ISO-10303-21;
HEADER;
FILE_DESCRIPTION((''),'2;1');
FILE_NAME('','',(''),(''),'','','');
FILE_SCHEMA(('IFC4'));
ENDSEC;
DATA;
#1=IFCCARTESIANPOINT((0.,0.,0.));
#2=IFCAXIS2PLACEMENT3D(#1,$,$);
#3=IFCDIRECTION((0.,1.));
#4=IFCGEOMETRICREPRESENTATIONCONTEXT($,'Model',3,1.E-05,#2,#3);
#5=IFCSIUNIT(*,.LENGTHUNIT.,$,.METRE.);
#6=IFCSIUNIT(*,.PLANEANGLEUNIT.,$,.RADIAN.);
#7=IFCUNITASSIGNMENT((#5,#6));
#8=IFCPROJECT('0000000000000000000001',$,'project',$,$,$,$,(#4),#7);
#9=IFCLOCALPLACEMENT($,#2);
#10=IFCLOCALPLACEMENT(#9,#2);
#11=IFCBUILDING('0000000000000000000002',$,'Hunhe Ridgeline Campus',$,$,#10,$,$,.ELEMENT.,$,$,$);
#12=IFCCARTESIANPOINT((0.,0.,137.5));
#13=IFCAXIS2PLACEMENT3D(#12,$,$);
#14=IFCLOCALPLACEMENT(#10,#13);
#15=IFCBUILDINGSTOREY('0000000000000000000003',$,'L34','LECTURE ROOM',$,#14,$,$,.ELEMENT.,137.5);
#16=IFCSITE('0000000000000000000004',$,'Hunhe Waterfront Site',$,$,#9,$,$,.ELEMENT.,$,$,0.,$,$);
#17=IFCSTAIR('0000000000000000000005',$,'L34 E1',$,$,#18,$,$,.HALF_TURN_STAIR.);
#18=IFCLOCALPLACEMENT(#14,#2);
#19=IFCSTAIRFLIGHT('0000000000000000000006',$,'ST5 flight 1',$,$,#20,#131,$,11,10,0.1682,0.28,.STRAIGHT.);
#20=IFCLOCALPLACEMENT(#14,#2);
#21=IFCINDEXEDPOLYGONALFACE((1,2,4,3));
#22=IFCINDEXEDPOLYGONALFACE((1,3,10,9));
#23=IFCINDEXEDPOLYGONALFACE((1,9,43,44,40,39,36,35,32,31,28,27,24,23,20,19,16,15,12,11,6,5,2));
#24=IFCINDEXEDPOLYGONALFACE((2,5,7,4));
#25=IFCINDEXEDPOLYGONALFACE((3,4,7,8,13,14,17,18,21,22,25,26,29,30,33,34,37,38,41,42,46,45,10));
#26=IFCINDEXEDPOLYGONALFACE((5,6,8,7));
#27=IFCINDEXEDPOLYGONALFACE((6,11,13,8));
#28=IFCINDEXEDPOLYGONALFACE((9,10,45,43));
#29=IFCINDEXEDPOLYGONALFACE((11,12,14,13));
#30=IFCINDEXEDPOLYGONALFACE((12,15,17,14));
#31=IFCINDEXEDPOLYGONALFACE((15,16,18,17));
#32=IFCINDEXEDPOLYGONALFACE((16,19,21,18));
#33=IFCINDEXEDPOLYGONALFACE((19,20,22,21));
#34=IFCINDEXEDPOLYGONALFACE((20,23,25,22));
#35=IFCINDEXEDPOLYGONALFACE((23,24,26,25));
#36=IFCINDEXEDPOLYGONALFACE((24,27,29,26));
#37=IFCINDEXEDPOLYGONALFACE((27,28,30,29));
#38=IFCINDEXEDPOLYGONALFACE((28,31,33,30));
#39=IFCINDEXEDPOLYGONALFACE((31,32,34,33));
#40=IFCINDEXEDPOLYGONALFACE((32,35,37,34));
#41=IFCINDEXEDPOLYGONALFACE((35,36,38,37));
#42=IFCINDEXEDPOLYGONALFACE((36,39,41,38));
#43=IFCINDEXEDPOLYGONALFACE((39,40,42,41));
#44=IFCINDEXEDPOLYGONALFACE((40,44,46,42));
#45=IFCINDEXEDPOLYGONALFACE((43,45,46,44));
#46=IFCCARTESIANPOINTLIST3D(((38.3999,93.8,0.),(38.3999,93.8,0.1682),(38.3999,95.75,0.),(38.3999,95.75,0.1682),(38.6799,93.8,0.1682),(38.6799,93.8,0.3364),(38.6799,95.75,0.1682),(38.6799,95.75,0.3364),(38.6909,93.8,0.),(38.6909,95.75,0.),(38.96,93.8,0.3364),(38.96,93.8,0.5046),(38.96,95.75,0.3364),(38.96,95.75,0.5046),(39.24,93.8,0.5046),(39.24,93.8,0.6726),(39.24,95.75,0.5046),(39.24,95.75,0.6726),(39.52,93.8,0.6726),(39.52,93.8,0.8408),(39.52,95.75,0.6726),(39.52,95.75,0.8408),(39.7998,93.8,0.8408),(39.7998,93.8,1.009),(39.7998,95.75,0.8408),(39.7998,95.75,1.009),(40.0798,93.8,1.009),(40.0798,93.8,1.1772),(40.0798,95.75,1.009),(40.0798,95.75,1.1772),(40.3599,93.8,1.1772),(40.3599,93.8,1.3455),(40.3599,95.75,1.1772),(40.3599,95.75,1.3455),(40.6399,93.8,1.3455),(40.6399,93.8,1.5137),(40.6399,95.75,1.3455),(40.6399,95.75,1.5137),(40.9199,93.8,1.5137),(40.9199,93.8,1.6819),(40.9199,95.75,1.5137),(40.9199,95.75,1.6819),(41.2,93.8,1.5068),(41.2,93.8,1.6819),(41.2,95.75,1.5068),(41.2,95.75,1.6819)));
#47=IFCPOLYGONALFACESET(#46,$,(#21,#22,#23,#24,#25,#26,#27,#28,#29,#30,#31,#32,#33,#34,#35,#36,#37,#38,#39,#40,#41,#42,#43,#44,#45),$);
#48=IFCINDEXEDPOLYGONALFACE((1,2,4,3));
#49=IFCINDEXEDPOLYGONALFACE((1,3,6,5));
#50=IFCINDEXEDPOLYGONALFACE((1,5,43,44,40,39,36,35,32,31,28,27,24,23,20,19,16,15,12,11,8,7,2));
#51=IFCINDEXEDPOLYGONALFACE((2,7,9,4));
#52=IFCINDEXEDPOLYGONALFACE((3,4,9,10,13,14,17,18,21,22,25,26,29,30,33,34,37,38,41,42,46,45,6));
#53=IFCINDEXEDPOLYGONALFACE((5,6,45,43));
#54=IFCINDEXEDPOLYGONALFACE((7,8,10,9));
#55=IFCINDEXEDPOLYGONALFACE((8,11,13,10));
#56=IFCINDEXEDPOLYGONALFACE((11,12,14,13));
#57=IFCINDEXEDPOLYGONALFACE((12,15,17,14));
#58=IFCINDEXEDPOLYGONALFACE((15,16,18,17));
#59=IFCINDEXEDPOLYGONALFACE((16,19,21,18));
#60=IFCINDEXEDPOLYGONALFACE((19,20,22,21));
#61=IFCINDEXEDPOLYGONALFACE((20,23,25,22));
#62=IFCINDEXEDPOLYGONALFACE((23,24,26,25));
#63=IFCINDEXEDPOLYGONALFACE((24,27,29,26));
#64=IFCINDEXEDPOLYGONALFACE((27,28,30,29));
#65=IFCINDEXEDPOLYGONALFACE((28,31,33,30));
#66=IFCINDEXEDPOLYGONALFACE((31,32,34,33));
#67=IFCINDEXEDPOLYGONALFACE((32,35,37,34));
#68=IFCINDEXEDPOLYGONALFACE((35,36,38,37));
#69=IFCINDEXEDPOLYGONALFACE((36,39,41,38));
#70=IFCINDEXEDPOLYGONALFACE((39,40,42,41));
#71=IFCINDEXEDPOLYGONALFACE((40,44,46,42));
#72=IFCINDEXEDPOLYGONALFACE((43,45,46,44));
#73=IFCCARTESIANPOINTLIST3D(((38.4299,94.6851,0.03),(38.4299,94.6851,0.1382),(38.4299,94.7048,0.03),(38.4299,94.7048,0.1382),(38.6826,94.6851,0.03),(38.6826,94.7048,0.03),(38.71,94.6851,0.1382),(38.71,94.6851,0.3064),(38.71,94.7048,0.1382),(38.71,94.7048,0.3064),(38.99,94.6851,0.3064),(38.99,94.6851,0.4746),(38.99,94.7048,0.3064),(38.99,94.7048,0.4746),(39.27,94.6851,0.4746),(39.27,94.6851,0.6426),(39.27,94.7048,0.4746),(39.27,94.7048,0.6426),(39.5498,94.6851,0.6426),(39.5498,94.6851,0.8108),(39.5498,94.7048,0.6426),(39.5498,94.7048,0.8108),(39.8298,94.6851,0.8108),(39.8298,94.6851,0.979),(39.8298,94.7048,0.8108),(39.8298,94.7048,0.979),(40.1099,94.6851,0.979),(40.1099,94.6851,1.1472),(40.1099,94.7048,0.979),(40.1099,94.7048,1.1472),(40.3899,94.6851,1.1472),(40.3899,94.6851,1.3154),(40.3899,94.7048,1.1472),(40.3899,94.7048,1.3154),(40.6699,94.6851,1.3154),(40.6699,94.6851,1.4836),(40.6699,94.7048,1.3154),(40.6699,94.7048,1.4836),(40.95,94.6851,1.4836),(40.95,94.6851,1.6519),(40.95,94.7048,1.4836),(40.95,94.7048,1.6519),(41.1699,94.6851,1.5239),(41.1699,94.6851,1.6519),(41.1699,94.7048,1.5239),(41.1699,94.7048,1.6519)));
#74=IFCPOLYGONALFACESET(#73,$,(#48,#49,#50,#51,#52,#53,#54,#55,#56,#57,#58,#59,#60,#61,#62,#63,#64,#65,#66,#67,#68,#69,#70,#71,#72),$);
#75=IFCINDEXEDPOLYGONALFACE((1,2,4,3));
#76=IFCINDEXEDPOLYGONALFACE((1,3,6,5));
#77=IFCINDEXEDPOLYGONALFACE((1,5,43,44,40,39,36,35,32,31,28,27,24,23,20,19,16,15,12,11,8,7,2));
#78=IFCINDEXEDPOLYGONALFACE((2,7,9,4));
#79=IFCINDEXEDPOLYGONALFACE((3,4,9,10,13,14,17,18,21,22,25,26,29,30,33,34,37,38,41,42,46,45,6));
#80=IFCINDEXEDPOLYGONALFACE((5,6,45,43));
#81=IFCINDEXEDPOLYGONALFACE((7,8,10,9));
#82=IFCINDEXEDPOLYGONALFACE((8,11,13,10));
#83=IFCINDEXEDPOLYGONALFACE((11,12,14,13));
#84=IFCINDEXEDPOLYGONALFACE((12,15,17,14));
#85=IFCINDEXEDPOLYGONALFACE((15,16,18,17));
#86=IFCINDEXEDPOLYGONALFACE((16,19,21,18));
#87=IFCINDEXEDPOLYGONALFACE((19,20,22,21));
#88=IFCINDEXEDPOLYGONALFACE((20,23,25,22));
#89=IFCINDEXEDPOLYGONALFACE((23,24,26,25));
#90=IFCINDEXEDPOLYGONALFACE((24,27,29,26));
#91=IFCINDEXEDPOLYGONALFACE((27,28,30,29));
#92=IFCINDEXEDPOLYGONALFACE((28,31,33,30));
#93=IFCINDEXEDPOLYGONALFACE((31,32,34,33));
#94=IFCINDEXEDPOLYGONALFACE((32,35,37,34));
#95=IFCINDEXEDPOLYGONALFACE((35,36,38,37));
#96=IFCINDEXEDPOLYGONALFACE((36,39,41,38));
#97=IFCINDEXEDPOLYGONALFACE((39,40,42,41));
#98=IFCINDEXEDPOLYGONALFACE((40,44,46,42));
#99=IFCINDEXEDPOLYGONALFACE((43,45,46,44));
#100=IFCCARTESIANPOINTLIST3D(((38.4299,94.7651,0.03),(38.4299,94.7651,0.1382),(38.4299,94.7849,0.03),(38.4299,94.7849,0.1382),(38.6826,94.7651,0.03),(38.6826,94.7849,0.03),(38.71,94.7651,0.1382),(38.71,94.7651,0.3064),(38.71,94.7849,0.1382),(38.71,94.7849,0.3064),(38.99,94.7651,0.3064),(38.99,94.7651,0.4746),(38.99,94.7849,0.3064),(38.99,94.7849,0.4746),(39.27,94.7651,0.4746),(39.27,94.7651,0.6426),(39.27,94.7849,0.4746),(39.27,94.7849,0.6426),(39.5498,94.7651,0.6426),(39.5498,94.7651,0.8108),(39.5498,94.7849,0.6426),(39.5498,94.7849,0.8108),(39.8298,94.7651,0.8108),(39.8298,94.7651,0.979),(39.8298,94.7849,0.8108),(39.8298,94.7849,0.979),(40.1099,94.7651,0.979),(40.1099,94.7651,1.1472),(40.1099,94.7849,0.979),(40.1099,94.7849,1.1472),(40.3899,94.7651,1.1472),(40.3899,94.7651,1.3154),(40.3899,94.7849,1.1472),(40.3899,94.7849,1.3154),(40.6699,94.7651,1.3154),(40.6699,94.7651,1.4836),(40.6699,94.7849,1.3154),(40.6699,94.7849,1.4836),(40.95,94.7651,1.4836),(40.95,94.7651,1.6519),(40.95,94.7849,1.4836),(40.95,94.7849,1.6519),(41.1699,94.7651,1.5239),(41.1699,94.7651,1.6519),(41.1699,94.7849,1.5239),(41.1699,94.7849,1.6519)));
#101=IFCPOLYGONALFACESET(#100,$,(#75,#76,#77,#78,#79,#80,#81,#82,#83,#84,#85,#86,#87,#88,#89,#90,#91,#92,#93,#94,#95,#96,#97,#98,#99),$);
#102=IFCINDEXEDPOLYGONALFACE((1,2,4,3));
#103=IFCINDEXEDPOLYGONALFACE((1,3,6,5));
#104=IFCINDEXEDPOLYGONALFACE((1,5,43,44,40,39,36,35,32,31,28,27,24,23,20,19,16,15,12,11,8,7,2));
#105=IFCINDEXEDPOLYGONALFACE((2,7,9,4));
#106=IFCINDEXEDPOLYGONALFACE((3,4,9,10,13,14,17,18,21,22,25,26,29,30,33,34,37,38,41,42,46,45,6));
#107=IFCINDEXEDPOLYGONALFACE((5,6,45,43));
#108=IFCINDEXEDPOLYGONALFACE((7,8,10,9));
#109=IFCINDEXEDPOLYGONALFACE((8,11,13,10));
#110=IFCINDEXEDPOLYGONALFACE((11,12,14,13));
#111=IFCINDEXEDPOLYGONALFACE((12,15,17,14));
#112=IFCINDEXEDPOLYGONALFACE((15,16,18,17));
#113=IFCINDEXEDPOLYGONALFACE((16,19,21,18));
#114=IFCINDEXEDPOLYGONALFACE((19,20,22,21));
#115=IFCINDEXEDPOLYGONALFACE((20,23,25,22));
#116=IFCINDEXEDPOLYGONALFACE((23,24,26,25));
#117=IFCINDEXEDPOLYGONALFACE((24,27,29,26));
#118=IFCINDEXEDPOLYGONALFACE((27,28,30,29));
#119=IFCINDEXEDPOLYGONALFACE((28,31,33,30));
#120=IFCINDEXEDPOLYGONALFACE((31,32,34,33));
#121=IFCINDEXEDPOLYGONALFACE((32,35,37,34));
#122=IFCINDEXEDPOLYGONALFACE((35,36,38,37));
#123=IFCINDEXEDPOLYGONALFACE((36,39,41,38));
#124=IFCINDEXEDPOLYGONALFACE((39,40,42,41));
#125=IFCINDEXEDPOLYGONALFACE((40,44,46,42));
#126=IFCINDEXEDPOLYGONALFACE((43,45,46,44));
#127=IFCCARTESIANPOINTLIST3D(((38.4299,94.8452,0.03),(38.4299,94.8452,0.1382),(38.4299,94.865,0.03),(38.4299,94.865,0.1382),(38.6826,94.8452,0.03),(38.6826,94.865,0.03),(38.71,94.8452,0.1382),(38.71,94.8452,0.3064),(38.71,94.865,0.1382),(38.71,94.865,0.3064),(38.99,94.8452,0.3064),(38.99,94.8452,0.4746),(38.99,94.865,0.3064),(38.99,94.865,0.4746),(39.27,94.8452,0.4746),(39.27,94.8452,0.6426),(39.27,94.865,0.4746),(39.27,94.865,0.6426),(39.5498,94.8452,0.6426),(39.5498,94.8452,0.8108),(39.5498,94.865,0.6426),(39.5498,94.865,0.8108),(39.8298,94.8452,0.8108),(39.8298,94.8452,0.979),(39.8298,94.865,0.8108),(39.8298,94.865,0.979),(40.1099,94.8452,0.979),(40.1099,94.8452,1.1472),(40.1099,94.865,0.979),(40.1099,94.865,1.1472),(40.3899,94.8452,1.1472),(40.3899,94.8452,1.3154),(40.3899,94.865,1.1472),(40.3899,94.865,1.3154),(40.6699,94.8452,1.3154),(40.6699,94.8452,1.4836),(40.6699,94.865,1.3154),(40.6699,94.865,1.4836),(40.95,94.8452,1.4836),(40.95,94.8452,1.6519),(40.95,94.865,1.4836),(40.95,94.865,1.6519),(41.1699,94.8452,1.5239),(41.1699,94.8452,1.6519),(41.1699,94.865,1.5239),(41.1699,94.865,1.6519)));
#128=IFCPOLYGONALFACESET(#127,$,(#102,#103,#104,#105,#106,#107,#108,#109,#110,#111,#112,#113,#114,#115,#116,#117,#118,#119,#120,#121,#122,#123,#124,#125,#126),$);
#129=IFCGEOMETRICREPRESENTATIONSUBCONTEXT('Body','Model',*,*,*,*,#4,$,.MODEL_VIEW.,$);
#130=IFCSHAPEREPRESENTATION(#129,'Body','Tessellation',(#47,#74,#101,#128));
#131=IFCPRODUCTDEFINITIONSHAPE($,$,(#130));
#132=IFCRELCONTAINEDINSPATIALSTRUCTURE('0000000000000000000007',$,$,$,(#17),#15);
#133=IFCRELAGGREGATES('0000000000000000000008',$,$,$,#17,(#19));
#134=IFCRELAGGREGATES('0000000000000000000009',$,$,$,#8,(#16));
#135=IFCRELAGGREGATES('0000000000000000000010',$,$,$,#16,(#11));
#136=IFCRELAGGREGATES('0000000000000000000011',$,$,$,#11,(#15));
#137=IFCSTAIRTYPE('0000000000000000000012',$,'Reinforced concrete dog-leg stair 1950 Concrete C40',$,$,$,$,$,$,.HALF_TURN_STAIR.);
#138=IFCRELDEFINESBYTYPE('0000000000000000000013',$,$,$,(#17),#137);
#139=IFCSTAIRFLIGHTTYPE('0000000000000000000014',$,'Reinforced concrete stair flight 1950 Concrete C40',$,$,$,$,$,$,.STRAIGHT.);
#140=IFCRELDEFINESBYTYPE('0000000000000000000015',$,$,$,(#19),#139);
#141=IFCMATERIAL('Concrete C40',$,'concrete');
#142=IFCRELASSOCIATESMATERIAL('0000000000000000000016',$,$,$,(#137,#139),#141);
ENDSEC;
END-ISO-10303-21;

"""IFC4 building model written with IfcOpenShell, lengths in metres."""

from ifc_helpers import new_model, si_unit, direction, frame, origin, place, context, subcontext, project, spatial, polyline, outline, extrude, material, type_object, element, aggregate, save


model = new_model("IFC4")

# Units and contexts
model_context = context("Model", 3, precision=1e-05, world=origin(), true_north=direction((0.0, 1.0)))
body_context = subcontext(model_context, "Body", "Model", "MODEL_VIEW")
ifc_project = project(units=[si_unit("LENGTHUNIT", "METRE"), si_unit("PLANEANGLEUNIT", "RADIAN")], contexts=[model_context])

# Site, building, storey
site_placement = place(None, origin())
site = spatial("IfcSite", under=ifc_project, at=site_placement, Name="Hunhe Waterfront Site", CompositionType="ELEMENT", RefElevation=0.0)
building_placement = place(site_placement, origin())
building = spatial("IfcBuilding", under=site, at=building_placement, Name="Hunhe Ridgeline Campus", CompositionType="ELEMENT")
storey_placement = place(building_placement, frame((0.0, 0.0, 137.5)))
storey = spatial("IfcBuildingStorey", under=building, at=storey_placement, Name="L34", Description="LECTURE ROOM", CompositionType="ELEMENT", Elevation=137.5)

# Shared definitions
ifc_material_1 = material(Name="Concrete C40", Category="concrete")
stair_type = type_object("IfcStairType", Name="Reinforced concrete dog-leg stair 1950 Concrete C40", PredefinedType="HALF_TURN_STAIR", material=ifc_material_1)
stair_flight_type = type_object("IfcStairFlightType", Name="Reinforced concrete stair flight 1950 Concrete C40", PredefinedType="STRAIGHT", material=ifc_material_1)

# Stair, stair flight
stair_1_placement = place(storey_placement, origin())
stair_1 = element("IfcStair", 1, at=stair_1_placement, inside=storey, type_object=stair_type, Name="L34 E1", PredefinedType="HALF_TURN_STAIR")
stair_flight_1_placement = place(storey_placement, frame((38.3999, 94.7749, 0.0), z_axis=(0.0, 0.0, 1.0), x_axis=(1.0, 0.0, 0.0)))
stair_flight_1 = element("IfcStairFlight", 2, at=stair_flight_1_placement, type_object=stair_flight_type, Name="ST5 flight 1", NumberOfRisers=11, NumberOfTreads=10, PredefinedType="STRAIGHT", RiserHeight=0.1682, TreadLength=0.28, context=body_context, shape_type="SweptSolid", body=[
    extrude(outline(polyline([(0.0, 0.0), (0.0, 0.1682), (0.28, 0.1682), (0.28, 0.3364), (0.5601, 0.3364), (0.5601, 0.5046), (0.8401, 0.5046), (0.8401, 0.6726), (1.1201, 0.6726), (1.1201, 0.8408), (1.3999, 0.8408), (1.3999, 1.009), (1.6799, 1.009), (1.6799, 1.1772), (1.96, 1.1772), (1.96, 1.3455), (2.24, 1.3455), (2.24, 1.5137), (2.52, 1.5137), (2.52, 1.6819), (2.8, 1.6819), (2.8, 1.8501), (2.8, 1.5068), (0.291, 0.0), (0.0, 0.0)])), frame((0.0, 0.9751, 0.0), z_axis=(0.0, -1.0, 0.0), x_axis=(1.0, 0.0, 0.0)), (0.0, 0.0, 1.0), 1.95),
    extrude(outline(polyline([(0.03, 0.03), (0.03, 0.1382), (0.3101, 0.1382), (0.3101, 0.3064), (0.5901, 0.3064), (0.5901, 0.4746), (0.8701, 0.4746), (0.8701, 0.6426), (1.1499, 0.6426), (1.1499, 0.8108), (1.4299, 0.8108), (1.4299, 0.979), (1.71, 0.979), (1.71, 1.1472), (1.99, 1.1472), (1.99, 1.3154), (2.27, 1.3154), (2.27, 1.4836), (2.55, 1.4836), (2.55, 1.6519), (2.77, 1.6519), (2.77, 1.5239), (0.2827, 0.03), (0.03, 0.03)])), frame((0.0, -0.0701, 0.0), z_axis=(0.0, -1.0, 0.0), x_axis=(1.0, 0.0, 0.0)), (0.0, 0.0, 1.0), 0.0198),
    extrude(outline(polyline([(0.03, 0.03), (0.03, 0.1382), (0.3101, 0.1382), (0.3101, 0.3064), (0.5901, 0.3064), (0.5901, 0.4746), (0.8701, 0.4746), (0.8701, 0.6426), (1.1499, 0.6426), (1.1499, 0.8108), (1.4299, 0.8108), (1.4299, 0.979), (1.71, 0.979), (1.71, 1.1472), (1.99, 1.1472), (1.99, 1.3154), (2.27, 1.3154), (2.27, 1.4836), (2.55, 1.4836), (2.55, 1.6519), (2.77, 1.6519), (2.77, 1.5239), (0.2827, 0.03), (0.03, 0.03)])), frame((0.0, 0.01, 0.0), z_axis=(0.0, -1.0, 0.0), x_axis=(1.0, 0.0, 0.0)), (0.0, 0.0, 1.0), 0.0198),
    extrude(outline(polyline([(0.03, 0.03), (0.03, 0.1382), (0.3101, 0.1382), (0.3101, 0.3064), (0.5901, 0.3064), (0.5901, 0.4746), (0.8701, 0.4746), (0.8701, 0.6426), (1.1499, 0.6426), (1.1499, 0.8108), (1.4299, 0.8108), (1.4299, 0.979), (1.71, 0.979), (1.71, 1.1472), (1.99, 1.1472), (1.99, 1.3154), (2.27, 1.3154), (2.27, 1.4836), (2.55, 1.4836), (2.55, 1.6519), (2.77, 1.6519), (2.77, 1.5239), (0.2827, 0.03), (0.03, 0.03)])), frame((0.0, 0.0901, 0.0), z_axis=(0.0, -1.0, 0.0), x_axis=(1.0, 0.0, 0.0)), (0.0, 0.0, 1.0), 0.0198),
])
aggregate(stair_1, [stair_flight_1])

save(model, "model.ifc")
